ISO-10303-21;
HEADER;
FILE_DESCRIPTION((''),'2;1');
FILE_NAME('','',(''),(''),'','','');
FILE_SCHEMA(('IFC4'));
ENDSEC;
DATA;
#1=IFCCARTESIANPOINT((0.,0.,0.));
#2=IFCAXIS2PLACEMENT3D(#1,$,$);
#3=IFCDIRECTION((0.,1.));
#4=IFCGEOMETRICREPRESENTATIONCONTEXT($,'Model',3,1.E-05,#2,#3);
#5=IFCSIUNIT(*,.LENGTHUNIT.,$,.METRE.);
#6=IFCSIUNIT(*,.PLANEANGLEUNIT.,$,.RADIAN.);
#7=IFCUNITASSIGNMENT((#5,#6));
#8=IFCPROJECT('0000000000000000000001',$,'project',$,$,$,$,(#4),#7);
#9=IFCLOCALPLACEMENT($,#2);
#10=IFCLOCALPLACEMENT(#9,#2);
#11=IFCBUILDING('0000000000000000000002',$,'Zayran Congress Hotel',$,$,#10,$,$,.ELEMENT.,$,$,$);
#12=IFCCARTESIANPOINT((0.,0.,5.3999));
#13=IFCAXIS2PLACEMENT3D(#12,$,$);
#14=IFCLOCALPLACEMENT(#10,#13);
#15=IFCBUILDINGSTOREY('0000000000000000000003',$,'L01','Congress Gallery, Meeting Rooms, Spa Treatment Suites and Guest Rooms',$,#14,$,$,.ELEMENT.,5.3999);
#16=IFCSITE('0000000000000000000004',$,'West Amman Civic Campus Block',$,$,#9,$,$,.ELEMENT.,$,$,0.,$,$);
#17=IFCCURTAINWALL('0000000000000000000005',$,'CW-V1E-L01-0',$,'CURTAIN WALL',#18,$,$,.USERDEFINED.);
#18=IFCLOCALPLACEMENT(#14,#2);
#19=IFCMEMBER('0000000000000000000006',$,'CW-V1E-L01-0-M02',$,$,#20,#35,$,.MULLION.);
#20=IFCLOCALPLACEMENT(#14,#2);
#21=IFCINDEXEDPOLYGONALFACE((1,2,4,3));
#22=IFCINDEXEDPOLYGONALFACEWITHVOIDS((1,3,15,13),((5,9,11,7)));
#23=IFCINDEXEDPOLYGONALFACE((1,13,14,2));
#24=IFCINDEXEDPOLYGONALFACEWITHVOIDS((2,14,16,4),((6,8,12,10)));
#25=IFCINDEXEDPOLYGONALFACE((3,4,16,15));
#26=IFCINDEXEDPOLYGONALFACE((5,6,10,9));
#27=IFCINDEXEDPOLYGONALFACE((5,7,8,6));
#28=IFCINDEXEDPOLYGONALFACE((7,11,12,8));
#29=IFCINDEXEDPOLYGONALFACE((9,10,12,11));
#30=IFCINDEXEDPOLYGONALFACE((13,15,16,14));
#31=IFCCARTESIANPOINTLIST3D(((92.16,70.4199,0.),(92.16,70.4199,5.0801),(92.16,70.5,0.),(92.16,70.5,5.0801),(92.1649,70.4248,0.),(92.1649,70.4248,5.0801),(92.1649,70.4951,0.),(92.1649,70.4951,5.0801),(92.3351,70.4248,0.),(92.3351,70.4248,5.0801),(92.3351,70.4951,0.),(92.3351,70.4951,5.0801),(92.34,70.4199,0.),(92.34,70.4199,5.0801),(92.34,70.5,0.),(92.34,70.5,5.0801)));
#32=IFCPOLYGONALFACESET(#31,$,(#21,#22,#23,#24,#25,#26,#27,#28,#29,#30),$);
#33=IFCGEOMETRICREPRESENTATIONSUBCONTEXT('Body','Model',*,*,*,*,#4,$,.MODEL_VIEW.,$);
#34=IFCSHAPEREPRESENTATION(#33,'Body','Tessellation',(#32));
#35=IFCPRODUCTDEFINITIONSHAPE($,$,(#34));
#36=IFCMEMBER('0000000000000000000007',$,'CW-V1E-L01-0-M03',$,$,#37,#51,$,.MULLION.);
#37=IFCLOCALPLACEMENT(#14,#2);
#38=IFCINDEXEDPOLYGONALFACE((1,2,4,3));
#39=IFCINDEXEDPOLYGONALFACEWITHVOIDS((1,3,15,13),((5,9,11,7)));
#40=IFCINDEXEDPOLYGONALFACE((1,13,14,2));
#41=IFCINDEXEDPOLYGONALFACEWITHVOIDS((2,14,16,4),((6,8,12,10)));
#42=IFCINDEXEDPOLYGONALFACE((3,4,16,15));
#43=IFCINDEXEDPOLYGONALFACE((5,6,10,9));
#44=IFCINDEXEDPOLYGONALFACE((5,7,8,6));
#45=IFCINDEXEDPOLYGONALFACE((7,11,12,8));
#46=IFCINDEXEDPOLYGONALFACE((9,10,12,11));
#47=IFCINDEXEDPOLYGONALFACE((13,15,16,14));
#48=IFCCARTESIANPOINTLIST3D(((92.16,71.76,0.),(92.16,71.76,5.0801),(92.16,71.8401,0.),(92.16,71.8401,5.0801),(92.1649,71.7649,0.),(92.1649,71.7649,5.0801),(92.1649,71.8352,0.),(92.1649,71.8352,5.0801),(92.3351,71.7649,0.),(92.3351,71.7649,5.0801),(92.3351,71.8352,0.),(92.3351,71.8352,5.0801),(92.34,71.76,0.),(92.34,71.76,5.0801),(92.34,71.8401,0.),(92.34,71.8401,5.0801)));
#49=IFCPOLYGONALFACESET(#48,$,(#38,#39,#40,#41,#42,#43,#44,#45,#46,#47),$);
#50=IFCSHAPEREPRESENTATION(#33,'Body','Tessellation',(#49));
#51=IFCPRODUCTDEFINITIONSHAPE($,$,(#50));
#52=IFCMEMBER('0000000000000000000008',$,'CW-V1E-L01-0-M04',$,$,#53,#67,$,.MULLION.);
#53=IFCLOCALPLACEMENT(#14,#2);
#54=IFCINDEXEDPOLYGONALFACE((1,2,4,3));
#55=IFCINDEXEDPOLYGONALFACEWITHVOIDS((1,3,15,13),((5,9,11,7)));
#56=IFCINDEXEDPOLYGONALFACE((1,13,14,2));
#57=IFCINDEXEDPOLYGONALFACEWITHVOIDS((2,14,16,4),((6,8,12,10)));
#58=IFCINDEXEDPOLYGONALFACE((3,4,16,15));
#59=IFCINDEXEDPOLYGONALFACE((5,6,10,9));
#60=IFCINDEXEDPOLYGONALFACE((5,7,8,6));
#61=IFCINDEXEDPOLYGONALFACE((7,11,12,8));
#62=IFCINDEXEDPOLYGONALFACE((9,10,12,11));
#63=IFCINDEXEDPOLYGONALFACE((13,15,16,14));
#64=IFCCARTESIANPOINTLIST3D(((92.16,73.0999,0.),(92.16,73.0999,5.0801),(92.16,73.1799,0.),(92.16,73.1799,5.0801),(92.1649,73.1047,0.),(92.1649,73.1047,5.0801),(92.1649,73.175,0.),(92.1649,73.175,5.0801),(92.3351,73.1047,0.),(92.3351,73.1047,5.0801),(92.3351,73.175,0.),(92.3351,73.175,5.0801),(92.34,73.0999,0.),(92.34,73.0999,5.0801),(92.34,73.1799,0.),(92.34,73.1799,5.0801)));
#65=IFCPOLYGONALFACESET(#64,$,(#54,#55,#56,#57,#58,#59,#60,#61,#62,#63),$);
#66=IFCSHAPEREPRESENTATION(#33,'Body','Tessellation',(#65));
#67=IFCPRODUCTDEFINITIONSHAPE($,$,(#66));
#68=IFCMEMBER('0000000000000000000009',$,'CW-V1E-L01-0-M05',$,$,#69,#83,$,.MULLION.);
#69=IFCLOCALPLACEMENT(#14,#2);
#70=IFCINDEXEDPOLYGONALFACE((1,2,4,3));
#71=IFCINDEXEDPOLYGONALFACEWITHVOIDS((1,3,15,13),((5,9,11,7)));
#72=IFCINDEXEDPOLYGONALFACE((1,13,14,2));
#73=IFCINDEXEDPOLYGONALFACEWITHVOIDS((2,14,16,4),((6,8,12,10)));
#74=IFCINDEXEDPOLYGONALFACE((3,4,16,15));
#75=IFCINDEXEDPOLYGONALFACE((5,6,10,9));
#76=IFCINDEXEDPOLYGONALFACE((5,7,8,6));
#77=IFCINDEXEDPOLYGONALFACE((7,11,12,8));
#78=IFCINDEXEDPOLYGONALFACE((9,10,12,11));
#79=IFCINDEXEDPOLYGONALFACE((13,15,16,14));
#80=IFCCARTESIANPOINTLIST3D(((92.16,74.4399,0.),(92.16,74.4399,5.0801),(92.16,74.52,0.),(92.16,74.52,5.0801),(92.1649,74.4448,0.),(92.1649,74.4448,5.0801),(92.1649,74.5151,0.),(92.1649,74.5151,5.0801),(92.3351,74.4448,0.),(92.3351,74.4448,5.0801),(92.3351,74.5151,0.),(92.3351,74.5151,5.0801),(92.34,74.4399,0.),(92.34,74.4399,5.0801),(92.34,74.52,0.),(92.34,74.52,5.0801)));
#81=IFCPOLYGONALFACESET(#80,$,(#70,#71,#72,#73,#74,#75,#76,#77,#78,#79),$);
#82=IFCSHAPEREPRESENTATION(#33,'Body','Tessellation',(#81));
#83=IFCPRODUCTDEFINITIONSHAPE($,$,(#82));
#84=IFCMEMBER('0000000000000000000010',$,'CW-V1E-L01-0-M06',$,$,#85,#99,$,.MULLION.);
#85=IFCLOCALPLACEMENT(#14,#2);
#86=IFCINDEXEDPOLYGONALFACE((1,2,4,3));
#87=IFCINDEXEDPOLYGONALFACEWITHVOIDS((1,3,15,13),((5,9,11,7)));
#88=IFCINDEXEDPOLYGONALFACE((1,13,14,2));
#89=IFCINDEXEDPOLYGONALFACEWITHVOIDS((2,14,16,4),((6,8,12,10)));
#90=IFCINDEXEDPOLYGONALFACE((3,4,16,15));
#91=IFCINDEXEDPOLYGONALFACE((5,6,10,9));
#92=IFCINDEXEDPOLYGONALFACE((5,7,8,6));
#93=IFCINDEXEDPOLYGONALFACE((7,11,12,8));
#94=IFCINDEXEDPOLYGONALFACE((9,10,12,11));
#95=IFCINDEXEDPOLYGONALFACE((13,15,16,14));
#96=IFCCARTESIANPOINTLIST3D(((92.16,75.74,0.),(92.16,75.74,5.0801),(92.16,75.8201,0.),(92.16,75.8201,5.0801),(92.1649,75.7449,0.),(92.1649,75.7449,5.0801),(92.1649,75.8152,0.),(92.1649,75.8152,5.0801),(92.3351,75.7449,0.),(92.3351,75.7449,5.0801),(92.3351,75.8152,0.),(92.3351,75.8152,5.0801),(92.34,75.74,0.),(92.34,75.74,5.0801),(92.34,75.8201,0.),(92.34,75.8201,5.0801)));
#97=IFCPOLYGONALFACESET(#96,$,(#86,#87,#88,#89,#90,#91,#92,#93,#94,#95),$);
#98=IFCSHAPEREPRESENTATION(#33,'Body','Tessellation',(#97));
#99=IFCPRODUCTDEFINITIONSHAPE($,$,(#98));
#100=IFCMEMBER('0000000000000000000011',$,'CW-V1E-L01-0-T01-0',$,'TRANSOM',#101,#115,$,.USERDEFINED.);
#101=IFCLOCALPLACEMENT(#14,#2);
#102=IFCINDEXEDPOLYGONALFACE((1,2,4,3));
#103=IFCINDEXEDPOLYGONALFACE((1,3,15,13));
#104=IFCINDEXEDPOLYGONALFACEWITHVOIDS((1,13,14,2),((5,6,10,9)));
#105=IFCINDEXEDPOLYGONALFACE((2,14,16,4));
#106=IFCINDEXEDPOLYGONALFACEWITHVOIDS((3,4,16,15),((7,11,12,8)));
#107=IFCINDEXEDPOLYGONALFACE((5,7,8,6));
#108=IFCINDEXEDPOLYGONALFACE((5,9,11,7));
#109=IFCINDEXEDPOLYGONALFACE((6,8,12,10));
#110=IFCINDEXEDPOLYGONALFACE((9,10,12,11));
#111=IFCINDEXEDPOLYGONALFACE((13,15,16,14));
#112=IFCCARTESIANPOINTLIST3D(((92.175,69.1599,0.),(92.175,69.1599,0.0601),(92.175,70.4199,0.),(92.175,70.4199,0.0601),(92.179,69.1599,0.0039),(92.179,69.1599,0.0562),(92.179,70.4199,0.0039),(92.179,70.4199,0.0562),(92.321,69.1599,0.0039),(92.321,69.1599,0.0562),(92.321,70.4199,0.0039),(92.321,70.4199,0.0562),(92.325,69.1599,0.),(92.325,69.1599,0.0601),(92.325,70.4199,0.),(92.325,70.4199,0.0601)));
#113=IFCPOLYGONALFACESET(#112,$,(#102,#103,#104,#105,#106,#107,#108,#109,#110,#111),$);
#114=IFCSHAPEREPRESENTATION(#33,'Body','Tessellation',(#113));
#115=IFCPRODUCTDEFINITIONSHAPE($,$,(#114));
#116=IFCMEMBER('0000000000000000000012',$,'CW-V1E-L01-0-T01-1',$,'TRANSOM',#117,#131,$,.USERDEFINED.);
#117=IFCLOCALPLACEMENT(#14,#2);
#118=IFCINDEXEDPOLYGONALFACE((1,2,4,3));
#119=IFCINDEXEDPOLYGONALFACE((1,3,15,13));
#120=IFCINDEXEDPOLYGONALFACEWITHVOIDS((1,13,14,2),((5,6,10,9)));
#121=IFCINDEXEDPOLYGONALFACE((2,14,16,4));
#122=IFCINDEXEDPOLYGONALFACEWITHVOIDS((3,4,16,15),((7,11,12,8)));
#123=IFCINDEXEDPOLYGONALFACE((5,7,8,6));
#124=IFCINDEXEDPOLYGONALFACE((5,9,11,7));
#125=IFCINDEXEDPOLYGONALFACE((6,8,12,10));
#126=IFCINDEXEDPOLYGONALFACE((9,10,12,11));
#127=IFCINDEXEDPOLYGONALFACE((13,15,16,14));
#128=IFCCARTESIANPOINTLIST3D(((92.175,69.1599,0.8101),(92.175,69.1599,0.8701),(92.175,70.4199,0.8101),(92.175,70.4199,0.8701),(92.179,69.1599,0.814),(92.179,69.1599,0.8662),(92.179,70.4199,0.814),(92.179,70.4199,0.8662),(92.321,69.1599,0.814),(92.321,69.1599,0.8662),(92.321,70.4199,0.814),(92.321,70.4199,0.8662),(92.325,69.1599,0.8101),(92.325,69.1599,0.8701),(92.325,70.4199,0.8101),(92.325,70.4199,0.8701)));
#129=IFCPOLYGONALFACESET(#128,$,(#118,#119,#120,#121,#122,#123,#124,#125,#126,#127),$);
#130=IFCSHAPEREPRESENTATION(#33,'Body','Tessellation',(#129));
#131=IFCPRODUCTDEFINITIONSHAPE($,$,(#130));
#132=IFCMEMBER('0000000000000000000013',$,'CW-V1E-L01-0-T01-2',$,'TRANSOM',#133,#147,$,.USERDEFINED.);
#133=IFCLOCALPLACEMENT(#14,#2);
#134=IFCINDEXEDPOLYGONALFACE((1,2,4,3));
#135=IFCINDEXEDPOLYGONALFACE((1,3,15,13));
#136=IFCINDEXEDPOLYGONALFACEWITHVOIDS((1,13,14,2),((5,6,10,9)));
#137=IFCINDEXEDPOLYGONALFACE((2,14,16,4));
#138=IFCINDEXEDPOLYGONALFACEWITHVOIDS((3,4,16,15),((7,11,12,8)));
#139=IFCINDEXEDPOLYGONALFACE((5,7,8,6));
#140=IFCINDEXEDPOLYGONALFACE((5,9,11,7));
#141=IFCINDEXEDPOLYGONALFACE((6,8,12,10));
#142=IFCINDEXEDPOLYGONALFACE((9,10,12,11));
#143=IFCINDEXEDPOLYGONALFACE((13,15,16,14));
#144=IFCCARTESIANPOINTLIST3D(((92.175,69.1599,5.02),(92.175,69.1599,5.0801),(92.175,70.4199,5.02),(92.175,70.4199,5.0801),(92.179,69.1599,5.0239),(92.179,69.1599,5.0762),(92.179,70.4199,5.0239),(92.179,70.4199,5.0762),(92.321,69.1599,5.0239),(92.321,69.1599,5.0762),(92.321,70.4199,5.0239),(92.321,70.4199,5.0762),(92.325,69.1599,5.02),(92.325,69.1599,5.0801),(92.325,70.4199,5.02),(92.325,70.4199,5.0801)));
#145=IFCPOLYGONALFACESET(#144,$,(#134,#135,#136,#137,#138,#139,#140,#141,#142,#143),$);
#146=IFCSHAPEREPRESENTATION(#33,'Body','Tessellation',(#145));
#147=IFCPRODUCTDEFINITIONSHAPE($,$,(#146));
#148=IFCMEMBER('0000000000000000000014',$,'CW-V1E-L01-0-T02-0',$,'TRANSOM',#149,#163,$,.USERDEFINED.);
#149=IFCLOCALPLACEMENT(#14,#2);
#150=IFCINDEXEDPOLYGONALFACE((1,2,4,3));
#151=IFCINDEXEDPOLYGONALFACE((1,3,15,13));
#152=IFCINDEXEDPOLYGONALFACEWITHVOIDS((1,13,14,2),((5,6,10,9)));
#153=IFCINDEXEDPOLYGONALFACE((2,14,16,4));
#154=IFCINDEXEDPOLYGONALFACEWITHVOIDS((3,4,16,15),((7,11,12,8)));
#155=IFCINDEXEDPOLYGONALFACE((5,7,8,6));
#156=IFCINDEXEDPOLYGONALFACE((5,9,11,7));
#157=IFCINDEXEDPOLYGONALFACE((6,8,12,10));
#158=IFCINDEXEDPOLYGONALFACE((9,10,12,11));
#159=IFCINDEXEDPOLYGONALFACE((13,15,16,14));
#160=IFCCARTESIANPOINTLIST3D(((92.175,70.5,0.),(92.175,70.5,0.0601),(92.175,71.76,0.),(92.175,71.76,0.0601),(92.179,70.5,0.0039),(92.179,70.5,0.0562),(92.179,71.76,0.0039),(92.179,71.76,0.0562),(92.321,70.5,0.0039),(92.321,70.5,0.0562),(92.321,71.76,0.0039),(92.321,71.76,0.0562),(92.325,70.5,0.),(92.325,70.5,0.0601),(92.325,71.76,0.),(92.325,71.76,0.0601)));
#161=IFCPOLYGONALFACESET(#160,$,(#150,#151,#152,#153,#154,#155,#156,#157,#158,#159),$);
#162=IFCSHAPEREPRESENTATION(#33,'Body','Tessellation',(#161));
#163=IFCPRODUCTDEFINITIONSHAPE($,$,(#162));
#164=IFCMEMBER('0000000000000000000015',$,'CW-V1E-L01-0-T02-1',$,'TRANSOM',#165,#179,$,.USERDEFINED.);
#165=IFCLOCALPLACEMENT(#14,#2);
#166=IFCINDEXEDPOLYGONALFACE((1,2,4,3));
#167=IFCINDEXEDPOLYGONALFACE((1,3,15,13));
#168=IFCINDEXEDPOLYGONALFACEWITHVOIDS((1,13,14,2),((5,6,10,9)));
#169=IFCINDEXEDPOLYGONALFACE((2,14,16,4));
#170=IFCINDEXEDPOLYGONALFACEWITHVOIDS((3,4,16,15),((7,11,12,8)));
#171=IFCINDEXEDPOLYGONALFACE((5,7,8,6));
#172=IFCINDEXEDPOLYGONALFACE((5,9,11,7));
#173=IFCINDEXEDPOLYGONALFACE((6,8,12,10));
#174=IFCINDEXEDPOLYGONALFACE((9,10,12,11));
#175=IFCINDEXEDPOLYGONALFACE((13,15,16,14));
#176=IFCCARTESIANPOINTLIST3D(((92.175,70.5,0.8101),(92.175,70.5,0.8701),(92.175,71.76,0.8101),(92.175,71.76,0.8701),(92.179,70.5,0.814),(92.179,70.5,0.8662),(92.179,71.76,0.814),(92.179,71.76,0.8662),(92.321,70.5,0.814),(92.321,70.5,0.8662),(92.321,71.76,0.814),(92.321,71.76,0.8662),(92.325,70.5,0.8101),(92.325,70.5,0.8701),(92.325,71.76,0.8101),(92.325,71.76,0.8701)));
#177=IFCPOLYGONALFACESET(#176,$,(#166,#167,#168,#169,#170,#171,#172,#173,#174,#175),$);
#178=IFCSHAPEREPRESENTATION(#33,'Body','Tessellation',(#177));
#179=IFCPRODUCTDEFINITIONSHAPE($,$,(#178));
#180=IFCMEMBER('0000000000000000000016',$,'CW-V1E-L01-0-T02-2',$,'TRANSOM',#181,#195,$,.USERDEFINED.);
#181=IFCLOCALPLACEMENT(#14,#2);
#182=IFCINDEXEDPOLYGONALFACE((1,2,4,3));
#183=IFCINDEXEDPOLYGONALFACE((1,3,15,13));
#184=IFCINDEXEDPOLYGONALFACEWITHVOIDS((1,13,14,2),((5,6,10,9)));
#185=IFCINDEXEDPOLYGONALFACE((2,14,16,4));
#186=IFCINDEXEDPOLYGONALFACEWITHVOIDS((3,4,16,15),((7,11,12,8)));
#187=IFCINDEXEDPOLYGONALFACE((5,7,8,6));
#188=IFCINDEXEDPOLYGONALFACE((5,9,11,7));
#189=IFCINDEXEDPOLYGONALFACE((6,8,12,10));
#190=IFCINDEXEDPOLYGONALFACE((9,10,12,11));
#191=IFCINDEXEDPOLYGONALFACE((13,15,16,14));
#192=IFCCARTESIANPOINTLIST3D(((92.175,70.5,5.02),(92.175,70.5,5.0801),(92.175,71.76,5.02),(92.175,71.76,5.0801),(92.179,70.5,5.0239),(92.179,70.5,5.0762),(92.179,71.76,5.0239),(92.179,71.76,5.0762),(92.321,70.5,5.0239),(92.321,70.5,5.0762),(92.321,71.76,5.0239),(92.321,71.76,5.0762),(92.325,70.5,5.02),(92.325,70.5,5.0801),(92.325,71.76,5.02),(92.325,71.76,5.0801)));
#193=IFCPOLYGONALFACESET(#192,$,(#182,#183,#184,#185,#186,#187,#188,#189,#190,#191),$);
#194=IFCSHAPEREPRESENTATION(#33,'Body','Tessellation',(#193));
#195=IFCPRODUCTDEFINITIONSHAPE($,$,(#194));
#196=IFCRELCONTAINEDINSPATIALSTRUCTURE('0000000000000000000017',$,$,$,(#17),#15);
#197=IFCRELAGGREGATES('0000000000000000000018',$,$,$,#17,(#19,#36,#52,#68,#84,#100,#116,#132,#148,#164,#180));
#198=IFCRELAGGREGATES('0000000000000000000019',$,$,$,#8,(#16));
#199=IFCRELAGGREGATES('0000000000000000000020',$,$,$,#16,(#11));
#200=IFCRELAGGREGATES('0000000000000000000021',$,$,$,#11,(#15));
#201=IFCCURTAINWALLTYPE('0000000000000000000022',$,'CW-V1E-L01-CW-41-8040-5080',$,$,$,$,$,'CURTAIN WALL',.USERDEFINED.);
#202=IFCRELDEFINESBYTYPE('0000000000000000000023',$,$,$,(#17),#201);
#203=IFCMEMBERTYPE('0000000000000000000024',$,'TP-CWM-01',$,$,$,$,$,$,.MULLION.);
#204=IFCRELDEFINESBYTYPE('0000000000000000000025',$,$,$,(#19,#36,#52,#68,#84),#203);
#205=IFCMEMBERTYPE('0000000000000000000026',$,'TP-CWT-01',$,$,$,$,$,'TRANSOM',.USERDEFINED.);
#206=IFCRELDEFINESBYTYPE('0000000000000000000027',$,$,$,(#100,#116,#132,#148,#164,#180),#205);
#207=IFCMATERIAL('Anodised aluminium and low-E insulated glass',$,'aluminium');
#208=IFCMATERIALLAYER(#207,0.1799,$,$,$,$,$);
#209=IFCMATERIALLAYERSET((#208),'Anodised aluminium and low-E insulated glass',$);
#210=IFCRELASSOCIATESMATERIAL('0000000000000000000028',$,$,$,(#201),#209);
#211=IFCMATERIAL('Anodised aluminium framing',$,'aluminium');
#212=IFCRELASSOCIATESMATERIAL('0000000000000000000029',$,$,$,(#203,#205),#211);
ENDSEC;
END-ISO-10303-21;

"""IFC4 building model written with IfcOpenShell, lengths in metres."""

from ifc_helpers import new_model, si_unit, direction, frame, origin, origin_2d, place, context, subcontext, project, spatial, hollow_rectangle, extrude, material, layer, layer_set, material_profile, profile_set, type_object, element, aggregate, save


model = new_model("IFC4")

# Units and contexts
model_context = context("Model", 3, precision=1e-05, world=origin(), true_north=direction((0.0, 1.0)))
body_context = subcontext(model_context, "Body", "Model", "MODEL_VIEW")
ifc_project = project(units=[si_unit("LENGTHUNIT", "METRE"), si_unit("PLANEANGLEUNIT", "RADIAN")], contexts=[model_context])

# Site, building, storey
site_placement = place(None, origin())
site = spatial("IfcSite", under=ifc_project, at=site_placement, Name="West Amman Civic Campus Block", CompositionType="ELEMENT", RefElevation=0.0)
building_placement = place(site_placement, origin())
building = spatial("IfcBuilding", under=site, at=building_placement, Name="Zayran Congress Hotel", CompositionType="ELEMENT")
storey_placement = place(building_placement, frame((0.0, 0.0, 5.3999)))
storey = spatial("IfcBuildingStorey", under=building, at=storey_placement, Name="L01", Description="Congress Gallery, Meeting Rooms, Spa Treatment Suites and Guest Rooms", CompositionType="ELEMENT", Elevation=5.3999)

# Curtain wall, members
ifc_material_1 = material(Name="Anodised aluminium and low-E insulated glass", Category="aluminium")
ifc_layer_1 = layer(ifc_material_1, 0.1799)
ifc_layer_set_1 = layer_set([ifc_layer_1], Name="Anodised aluminium and low-E insulated glass")
curtain_wall_type = type_object("IfcCurtainWallType", Name="CW-V1E-L01-CW-41-8040-5080", ElementType="CURTAIN WALL", PredefinedType="USERDEFINED", material=ifc_layer_set_1)
curtain_wall_placement = place(storey_placement, origin())
curtain_wall = element("IfcCurtainWall", 1, at=curtain_wall_placement, inside=storey, type_object=curtain_wall_type, Name="CW-V1E-L01-0", ObjectType="CURTAIN WALL", PredefinedType="USERDEFINED")
ifc_material_2 = material(Name="Anodised aluminium framing", Category="aluminium")
ifc_material_profile_1 = material_profile(ifc_material_2, hollow_rectangle(XDim=0.0801, YDim=0.1799, WallThickness=0.0049, at=origin_2d()), Name="RHS 180x80x5")
ifc_profile_set_1 = profile_set([ifc_material_profile_1], Name="Anodised aluminium framing")
member_type_1 = type_object("IfcMemberType", Name="TP-CWM-01", PredefinedType="MULLION", material=ifc_profile_set_1)
member_1_placement = place(storey_placement, frame((92.25, 70.46, 0.0), z_axis=(0.0, 0.0, 1.0), x_axis=(0.0, 1.0, 0.0)))
member_1 = element("IfcMember", 2, at=member_1_placement, type_object=member_type_1, Name="CW-V1E-L01-0-M02", PredefinedType="MULLION", context=body_context, shape_type="SweptSolid", body=[
    extrude(hollow_rectangle(XDim=0.0801, YDim=0.1799, WallThickness=0.0049, at=origin_2d()), origin(), (0.0, 0.0, 1.0), 5.0801),
])
member_2_placement = place(storey_placement, frame((92.25, 71.8, 0.0), z_axis=(0.0, 0.0, 1.0), x_axis=(0.0, 1.0, 0.0)))
member_2 = element("IfcMember", 3, at=member_2_placement, type_object=member_type_1, Name="CW-V1E-L01-0-M03", PredefinedType="MULLION", context=body_context, shape_type="SweptSolid", body=[
    extrude(hollow_rectangle(XDim=0.0801, YDim=0.1799, WallThickness=0.0049, at=origin_2d()), origin(), (0.0, 0.0, 1.0), 5.0801),
])
member_3_placement = place(storey_placement, frame((92.25, 73.1399, 0.0), z_axis=(0.0, 0.0, 1.0), x_axis=(0.0, 1.0, 0.0)))
member_3 = element("IfcMember", 4, at=member_3_placement, type_object=member_type_1, Name="CW-V1E-L01-0-M04", PredefinedType="MULLION", context=body_context, shape_type="SweptSolid", body=[
    extrude(hollow_rectangle(XDim=0.0801, YDim=0.1799, WallThickness=0.0049, at=origin_2d()), origin(), (0.0, 0.0, 1.0), 5.0801),
])
member_4_placement = place(storey_placement, frame((92.25, 74.48, 0.0), z_axis=(0.0, 0.0, 1.0), x_axis=(0.0, 1.0, 0.0)))
member_4 = element("IfcMember", 5, at=member_4_placement, type_object=member_type_1, Name="CW-V1E-L01-0-M05", PredefinedType="MULLION", context=body_context, shape_type="SweptSolid", body=[
    extrude(hollow_rectangle(XDim=0.0801, YDim=0.1799, WallThickness=0.0049, at=origin_2d()), origin(), (0.0, 0.0, 1.0), 5.0801),
])
member_5_placement = place(storey_placement, frame((92.25, 75.78, 0.0), z_axis=(0.0, 0.0, 1.0), x_axis=(0.0, 1.0, 0.0)))
member_5 = element("IfcMember", 6, at=member_5_placement, type_object=member_type_1, Name="CW-V1E-L01-0-M06", PredefinedType="MULLION", context=body_context, shape_type="SweptSolid", body=[
    extrude(hollow_rectangle(XDim=0.0801, YDim=0.1799, WallThickness=0.0049, at=origin_2d()), origin(), (0.0, 0.0, 1.0), 5.0801),
])
ifc_material_profile_2 = material_profile(ifc_material_2, hollow_rectangle(XDim=0.0601, YDim=0.1499, WallThickness=0.0039, at=origin_2d()), Name="RHS 150x60x4")
ifc_profile_set_2 = profile_set([ifc_material_profile_2], Name="Anodised aluminium framing")
member_type_2 = type_object("IfcMemberType", Name="TP-CWT-01", ElementType="TRANSOM", PredefinedType="USERDEFINED", material=ifc_profile_set_2)
member_6_placement = place(storey_placement, frame((92.25, 69.1599, 0.03), z_axis=(0.0, 1.0, 0.0), x_axis=(0.0, 0.0, 1.0)))
member_6 = element("IfcMember", 7, at=member_6_placement, type_object=member_type_2, Name="CW-V1E-L01-0-T01-0", ObjectType="TRANSOM", PredefinedType="USERDEFINED", context=body_context, shape_type="SweptSolid", body=[
    extrude(hollow_rectangle(XDim=0.0601, YDim=0.1499, WallThickness=0.0039, at=origin_2d()), origin(), (0.0, 0.0, 1.0), 1.26),
])
member_7_placement = place(storey_placement, frame((92.25, 69.1599, 0.8401), z_axis=(0.0, 1.0, 0.0), x_axis=(0.0, 0.0, 1.0)))
member_7 = element("IfcMember", 8, at=member_7_placement, type_object=member_type_2, Name="CW-V1E-L01-0-T01-1", ObjectType="TRANSOM", PredefinedType="USERDEFINED", context=body_context, shape_type="SweptSolid", body=[
    extrude(hollow_rectangle(XDim=0.0601, YDim=0.1499, WallThickness=0.0039, at=origin_2d()), origin(), (0.0, 0.0, 1.0), 1.26),
])
member_8_placement = place(storey_placement, frame((92.25, 69.1599, 5.05), z_axis=(0.0, 1.0, 0.0), x_axis=(0.0, 0.0, 1.0)))
member_8 = element("IfcMember", 9, at=member_8_placement, type_object=member_type_2, Name="CW-V1E-L01-0-T01-2", ObjectType="TRANSOM", PredefinedType="USERDEFINED", context=body_context, shape_type="SweptSolid", body=[
    extrude(hollow_rectangle(XDim=0.0601, YDim=0.1499, WallThickness=0.0039, at=origin_2d()), origin(), (0.0, 0.0, 1.0), 1.26),
])
member_9_placement = place(storey_placement, frame((92.25, 70.5, 0.03), z_axis=(0.0, 1.0, 0.0), x_axis=(0.0, 0.0, 1.0)))
member_9 = element("IfcMember", 10, at=member_9_placement, type_object=member_type_2, Name="CW-V1E-L01-0-T02-0", ObjectType="TRANSOM", PredefinedType="USERDEFINED", context=body_context, shape_type="SweptSolid", body=[
    extrude(hollow_rectangle(XDim=0.0601, YDim=0.1499, WallThickness=0.0039, at=origin_2d()), origin(), (0.0, 0.0, 1.0), 1.26),
])
member_10_placement = place(storey_placement, frame((92.25, 70.5, 0.8401), z_axis=(0.0, 1.0, 0.0), x_axis=(0.0, 0.0, 1.0)))
member_10 = element("IfcMember", 11, at=member_10_placement, type_object=member_type_2, Name="CW-V1E-L01-0-T02-1", ObjectType="TRANSOM", PredefinedType="USERDEFINED", context=body_context, shape_type="SweptSolid", body=[
    extrude(hollow_rectangle(XDim=0.0601, YDim=0.1499, WallThickness=0.0039, at=origin_2d()), origin(), (0.0, 0.0, 1.0), 1.26),
])
member_11_placement = place(storey_placement, frame((92.25, 70.5, 5.05), z_axis=(0.0, 1.0, 0.0), x_axis=(0.0, 0.0, 1.0)))
member_11 = element("IfcMember", 12, at=member_11_placement, type_object=member_type_2, Name="CW-V1E-L01-0-T02-2", ObjectType="TRANSOM", PredefinedType="USERDEFINED", context=body_context, shape_type="SweptSolid", body=[
    extrude(hollow_rectangle(XDim=0.0601, YDim=0.1499, WallThickness=0.0039, at=origin_2d()), origin(), (0.0, 0.0, 1.0), 1.26),
])
aggregate(curtain_wall, [member_1, member_2, member_3, member_4, member_5, member_6, member_7, member_8, member_9, member_10, member_11])

save(model, "model.ifc")
